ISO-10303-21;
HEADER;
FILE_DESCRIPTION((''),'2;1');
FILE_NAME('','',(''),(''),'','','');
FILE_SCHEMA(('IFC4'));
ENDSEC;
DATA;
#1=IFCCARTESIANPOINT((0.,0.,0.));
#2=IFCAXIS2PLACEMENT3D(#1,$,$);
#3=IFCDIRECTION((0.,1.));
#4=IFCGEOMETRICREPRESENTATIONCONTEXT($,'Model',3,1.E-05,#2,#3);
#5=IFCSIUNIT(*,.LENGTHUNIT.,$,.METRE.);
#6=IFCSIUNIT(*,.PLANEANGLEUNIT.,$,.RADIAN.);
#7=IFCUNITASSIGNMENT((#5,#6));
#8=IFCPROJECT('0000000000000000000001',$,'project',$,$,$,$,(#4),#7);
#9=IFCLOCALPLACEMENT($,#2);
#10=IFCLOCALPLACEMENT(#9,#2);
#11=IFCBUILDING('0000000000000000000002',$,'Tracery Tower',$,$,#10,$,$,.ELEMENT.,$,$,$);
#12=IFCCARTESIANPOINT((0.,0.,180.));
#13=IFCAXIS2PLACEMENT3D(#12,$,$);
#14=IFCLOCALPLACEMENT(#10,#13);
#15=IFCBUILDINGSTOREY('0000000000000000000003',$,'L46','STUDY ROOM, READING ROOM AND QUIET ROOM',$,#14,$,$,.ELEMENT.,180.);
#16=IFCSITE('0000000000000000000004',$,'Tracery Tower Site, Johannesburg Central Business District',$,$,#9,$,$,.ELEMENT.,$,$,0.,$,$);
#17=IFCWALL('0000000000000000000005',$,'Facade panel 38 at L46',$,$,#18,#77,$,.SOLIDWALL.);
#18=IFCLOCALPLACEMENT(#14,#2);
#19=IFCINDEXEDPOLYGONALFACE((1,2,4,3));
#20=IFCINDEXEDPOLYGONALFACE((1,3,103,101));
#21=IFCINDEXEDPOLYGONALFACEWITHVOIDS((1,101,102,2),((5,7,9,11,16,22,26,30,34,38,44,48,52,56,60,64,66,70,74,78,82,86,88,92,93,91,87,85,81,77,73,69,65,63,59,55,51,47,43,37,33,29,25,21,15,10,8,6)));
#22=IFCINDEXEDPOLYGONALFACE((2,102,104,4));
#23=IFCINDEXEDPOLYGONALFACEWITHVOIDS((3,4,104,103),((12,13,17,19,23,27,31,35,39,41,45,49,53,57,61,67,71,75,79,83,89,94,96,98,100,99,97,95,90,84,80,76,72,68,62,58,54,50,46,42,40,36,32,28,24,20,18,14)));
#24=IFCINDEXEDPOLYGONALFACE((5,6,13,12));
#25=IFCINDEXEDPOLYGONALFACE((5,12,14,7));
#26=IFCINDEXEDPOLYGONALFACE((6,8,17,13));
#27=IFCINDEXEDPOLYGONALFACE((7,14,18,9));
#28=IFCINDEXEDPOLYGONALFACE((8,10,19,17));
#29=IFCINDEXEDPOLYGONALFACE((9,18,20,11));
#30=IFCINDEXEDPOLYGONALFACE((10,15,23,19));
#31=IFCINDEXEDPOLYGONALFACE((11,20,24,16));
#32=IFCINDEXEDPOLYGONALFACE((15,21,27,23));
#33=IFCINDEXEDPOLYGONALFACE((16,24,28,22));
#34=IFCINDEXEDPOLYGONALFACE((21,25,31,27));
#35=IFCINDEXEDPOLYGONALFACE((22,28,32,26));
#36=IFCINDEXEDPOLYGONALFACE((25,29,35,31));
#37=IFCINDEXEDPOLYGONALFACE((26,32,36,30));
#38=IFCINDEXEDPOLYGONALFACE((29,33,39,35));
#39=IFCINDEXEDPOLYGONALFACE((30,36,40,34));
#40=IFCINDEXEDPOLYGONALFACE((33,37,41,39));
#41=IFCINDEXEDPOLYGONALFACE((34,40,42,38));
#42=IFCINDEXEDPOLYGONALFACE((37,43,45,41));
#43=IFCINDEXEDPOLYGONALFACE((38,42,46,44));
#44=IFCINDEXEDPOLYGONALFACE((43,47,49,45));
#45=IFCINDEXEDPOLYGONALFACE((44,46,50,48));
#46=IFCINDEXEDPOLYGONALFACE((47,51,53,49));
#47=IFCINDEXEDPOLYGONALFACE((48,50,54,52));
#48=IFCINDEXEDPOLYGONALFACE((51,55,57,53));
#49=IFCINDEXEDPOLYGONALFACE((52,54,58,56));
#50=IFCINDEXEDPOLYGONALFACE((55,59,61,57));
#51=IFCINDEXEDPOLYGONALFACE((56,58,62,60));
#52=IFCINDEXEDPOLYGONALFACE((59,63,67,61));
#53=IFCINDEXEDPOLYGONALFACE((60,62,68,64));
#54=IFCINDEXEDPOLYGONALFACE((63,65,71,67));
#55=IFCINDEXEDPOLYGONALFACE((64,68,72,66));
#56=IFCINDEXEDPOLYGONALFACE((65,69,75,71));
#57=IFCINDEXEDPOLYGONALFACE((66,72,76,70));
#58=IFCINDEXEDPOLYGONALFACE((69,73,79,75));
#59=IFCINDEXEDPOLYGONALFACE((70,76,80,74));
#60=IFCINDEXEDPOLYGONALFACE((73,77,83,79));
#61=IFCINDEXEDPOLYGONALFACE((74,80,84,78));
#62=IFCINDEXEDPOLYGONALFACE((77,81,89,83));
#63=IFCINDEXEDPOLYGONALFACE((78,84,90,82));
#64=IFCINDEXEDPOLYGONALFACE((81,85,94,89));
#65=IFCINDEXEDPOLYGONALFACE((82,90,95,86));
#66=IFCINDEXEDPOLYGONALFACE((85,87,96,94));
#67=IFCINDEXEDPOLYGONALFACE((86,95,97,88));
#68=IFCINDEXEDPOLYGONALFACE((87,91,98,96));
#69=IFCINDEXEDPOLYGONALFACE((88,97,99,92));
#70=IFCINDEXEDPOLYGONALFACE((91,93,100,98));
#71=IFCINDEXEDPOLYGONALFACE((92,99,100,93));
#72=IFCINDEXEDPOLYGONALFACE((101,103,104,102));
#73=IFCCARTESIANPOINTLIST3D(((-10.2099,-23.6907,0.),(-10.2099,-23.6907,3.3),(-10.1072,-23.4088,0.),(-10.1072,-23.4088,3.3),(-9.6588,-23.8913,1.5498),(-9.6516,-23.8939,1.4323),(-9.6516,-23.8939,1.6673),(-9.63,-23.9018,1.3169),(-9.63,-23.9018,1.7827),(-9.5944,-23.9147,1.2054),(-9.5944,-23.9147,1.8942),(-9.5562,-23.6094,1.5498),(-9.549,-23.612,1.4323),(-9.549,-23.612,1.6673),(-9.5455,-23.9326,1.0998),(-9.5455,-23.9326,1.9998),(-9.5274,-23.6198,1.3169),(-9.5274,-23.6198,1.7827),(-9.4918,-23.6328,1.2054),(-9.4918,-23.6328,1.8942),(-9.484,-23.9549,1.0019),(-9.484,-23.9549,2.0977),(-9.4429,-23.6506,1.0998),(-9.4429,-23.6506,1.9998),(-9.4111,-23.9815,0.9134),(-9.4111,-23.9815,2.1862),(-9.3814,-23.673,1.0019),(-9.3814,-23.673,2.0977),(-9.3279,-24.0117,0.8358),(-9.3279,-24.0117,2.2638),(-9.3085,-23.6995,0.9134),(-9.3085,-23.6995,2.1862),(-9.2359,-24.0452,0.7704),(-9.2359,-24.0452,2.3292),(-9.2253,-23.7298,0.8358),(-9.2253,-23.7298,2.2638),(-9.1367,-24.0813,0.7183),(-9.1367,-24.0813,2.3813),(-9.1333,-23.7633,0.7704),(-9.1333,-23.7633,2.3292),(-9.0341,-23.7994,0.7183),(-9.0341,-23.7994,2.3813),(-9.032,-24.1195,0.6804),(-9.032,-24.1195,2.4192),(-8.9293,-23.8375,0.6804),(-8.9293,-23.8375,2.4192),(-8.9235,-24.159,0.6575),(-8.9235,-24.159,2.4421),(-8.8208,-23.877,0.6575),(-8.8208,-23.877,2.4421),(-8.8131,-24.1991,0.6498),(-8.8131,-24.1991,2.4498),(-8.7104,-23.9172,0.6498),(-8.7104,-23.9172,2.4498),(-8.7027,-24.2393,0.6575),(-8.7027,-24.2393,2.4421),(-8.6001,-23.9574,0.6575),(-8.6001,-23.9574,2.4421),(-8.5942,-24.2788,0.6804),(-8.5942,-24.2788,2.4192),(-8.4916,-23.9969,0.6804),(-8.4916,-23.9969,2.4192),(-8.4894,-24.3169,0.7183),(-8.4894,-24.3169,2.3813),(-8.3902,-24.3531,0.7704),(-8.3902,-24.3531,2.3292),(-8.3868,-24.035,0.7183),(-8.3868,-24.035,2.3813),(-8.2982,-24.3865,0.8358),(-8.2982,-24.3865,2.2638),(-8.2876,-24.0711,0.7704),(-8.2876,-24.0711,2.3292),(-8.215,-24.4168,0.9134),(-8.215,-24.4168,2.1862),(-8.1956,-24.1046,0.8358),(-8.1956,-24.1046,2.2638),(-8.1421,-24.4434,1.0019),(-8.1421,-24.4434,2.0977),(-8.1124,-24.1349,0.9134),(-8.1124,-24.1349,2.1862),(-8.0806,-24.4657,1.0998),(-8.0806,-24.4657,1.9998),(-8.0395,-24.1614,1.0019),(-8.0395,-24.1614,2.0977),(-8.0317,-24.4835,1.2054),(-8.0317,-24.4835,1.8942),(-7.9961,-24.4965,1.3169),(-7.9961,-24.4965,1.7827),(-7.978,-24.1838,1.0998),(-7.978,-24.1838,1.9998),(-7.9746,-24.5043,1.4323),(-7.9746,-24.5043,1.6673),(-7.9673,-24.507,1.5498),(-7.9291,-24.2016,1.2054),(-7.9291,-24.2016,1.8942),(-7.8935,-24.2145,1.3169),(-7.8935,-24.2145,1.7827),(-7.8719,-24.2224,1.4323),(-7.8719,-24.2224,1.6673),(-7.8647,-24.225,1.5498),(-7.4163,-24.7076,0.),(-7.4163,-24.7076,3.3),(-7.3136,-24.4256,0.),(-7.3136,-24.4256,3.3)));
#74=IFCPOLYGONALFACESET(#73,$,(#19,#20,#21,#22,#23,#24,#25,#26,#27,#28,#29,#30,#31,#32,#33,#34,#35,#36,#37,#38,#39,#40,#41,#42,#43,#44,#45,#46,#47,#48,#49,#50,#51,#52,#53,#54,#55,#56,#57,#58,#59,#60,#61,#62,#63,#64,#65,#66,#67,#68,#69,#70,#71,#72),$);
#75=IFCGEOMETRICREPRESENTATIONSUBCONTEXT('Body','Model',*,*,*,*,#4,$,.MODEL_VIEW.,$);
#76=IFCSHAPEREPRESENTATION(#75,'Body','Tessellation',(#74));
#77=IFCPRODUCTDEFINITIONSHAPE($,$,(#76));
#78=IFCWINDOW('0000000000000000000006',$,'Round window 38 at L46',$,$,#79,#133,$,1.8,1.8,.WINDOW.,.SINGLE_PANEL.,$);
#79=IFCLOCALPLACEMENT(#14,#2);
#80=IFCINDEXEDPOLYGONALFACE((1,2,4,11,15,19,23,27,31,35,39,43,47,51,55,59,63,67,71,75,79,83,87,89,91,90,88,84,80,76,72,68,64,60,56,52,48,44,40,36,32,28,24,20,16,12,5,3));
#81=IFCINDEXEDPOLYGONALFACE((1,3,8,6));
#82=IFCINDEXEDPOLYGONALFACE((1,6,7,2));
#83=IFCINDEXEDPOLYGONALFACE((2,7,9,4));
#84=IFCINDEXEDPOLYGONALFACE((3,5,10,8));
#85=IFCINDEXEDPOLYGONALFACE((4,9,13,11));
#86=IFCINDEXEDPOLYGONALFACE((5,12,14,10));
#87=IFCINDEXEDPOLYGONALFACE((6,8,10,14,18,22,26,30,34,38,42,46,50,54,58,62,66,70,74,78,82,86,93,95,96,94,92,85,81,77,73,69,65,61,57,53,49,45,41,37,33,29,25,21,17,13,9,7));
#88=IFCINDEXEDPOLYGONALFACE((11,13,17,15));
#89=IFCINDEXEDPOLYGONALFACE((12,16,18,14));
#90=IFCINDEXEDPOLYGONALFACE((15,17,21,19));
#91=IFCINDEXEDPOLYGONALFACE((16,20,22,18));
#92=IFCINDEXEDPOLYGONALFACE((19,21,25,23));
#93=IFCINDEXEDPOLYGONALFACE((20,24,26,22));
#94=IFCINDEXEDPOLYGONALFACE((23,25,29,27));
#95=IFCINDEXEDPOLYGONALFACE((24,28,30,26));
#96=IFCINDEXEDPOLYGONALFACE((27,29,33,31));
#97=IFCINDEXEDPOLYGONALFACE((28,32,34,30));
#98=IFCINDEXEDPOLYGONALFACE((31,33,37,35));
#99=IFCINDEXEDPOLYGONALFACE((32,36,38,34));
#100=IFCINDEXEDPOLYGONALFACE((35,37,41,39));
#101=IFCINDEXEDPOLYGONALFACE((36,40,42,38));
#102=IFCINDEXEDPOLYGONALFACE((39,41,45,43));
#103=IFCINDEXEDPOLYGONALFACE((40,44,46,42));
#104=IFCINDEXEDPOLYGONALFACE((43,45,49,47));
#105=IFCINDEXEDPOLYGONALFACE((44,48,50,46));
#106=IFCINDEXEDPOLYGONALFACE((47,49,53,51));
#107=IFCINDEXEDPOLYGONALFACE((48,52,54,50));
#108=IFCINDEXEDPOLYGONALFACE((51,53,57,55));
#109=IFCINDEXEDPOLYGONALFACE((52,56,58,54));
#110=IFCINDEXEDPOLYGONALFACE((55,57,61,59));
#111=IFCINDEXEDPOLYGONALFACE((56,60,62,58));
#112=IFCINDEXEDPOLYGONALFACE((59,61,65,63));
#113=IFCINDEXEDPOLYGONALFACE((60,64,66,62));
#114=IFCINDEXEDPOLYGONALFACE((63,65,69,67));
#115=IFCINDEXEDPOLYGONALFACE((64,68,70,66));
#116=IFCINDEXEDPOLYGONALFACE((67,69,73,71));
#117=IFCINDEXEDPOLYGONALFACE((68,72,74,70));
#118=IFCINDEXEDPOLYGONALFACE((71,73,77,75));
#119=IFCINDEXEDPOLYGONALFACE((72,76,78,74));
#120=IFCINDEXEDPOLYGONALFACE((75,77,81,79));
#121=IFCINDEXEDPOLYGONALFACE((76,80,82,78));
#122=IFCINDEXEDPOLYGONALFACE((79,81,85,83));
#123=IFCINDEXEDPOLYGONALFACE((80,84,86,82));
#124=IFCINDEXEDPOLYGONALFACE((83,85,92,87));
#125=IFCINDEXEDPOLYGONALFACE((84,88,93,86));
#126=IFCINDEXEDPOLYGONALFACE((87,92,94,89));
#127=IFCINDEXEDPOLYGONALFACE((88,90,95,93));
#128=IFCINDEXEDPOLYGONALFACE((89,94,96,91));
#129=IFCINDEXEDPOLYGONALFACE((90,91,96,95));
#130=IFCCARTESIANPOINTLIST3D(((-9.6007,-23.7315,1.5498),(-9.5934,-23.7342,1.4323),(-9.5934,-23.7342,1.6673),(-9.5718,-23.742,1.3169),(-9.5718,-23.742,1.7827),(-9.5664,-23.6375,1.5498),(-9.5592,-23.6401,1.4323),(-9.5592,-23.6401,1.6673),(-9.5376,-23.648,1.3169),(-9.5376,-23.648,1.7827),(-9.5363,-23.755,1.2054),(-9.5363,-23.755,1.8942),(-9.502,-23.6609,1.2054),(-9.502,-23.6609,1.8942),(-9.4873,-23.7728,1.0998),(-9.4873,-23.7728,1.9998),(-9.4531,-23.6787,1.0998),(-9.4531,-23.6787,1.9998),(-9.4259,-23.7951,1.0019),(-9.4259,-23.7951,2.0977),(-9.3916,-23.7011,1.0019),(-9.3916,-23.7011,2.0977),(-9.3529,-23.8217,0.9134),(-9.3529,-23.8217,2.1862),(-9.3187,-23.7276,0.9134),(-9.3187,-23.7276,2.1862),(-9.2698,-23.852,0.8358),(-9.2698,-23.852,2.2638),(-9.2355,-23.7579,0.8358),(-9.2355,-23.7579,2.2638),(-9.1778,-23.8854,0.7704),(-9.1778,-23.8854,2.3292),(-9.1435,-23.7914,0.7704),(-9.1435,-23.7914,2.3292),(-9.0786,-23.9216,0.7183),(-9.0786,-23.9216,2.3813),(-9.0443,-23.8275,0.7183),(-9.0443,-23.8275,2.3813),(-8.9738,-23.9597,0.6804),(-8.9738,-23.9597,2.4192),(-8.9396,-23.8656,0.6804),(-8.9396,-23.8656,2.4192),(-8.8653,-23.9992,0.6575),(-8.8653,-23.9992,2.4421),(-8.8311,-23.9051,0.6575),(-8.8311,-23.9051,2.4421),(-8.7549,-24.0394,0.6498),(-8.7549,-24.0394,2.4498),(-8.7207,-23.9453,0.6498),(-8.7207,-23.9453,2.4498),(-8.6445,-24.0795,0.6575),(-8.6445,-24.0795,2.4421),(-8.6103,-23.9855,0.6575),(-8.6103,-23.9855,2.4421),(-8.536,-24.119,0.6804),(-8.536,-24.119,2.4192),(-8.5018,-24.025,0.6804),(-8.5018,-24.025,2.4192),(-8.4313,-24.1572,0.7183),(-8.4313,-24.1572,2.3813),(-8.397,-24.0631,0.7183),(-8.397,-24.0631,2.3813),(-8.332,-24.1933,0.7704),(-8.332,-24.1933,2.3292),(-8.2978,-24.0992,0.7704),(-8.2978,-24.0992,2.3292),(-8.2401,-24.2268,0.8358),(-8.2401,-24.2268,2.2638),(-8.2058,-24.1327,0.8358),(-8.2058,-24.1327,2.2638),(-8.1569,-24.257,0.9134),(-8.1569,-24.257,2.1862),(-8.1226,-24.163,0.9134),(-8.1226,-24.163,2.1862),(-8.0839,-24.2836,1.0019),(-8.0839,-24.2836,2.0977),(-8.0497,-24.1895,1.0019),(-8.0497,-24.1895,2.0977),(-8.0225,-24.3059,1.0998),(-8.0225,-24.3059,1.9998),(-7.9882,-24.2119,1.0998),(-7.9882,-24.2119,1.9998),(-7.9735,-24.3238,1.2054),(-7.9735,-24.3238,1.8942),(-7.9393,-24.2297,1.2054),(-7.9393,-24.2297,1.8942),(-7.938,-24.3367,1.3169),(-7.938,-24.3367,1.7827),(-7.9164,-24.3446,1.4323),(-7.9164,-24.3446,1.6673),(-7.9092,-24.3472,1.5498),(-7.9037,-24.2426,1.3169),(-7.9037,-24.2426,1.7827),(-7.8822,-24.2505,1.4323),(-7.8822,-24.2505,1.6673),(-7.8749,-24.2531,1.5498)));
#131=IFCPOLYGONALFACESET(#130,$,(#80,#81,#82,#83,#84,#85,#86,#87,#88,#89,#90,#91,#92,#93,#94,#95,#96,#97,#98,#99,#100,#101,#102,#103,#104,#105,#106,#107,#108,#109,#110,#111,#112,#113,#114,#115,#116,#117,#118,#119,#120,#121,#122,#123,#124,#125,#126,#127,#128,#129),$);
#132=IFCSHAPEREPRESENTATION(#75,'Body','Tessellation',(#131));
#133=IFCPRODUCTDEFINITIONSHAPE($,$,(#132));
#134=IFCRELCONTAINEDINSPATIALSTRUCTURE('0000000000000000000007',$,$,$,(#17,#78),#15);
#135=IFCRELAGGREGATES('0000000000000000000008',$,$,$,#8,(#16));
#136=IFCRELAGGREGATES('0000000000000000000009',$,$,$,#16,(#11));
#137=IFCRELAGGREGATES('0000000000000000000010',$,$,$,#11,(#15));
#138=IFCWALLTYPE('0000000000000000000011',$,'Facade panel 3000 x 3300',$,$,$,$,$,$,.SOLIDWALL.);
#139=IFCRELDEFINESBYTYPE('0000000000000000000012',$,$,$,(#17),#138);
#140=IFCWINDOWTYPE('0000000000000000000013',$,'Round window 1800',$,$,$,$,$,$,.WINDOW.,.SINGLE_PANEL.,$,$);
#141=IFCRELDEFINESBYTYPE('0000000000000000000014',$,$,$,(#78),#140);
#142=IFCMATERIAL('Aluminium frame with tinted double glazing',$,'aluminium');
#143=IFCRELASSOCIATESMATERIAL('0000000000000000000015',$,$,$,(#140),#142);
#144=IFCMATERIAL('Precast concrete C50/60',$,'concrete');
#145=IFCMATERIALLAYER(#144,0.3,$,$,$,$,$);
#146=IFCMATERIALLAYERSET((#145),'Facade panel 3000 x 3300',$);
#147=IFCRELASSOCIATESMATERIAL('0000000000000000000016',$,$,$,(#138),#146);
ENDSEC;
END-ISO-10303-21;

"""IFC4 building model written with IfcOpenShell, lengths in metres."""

from ifc_helpers import new_model, si_unit, direction, frame, frame_2d, origin, origin_2d, place, context, subcontext, project, spatial, rectangle, circle, extrude, material, layer, layer_set, type_object, element, fill, save


model = new_model("IFC4")

# Units and contexts
model_context = context("Model", 3, precision=1e-05, world=origin(), true_north=direction((0.0, 1.0)))
body_context = subcontext(model_context, "Body", "Model", "MODEL_VIEW")
ifc_project = project(units=[si_unit("LENGTHUNIT", "METRE"), si_unit("PLANEANGLEUNIT", "RADIAN")], contexts=[model_context])

# Site, building, storey
site_placement = place(None, origin())
site = spatial("IfcSite", under=ifc_project, at=site_placement, Name="Tracery Tower Site, Johannesburg Central Business District", CompositionType="ELEMENT", RefElevation=0.0)
building_placement = place(site_placement, origin())
building = spatial("IfcBuilding", under=site, at=building_placement, Name="Tracery Tower", CompositionType="ELEMENT")
storey_placement = place(building_placement, frame((0.0, 0.0, 180.0)))
storey = spatial("IfcBuildingStorey", under=building, at=storey_placement, Name="L46", Description="STUDY ROOM, READING ROOM AND QUIET ROOM", CompositionType="ELEMENT", Elevation=180.0)

# Wall, opening, window
ifc_material_1 = material(Name="Aluminium frame with tinted double glazing", Category="aluminium")
window_type = type_object("IfcWindowType", Name="Round window 1800", PartitioningType="SINGLE_PANEL", PredefinedType="WINDOW", material=ifc_material_1)
ifc_material_2 = material(Name="Precast concrete C50/60", Category="concrete")
ifc_layer_1 = layer(ifc_material_2, 0.3)
ifc_layer_set_1 = layer_set([ifc_layer_1], Name="Facade panel 3000 x 3300")
wall_type_1 = type_object("IfcWallType", Name="Facade panel 3000 x 3300", PredefinedType="SOLIDWALL", material=ifc_layer_set_1)
wall_1_placement = place(storey_placement, frame((-10.1584, -23.5498, 0.0), z_axis=(0.0, 0.0, 1.0), x_axis=(0.93969, -0.342027, 0.0)))
wall_1 = element("IfcWall", 1, at=wall_1_placement, inside=storey, type_object=wall_type_1, Name="Facade panel 38 at L46", PredefinedType="SOLIDWALL", context=body_context, shape_type="SweptSolid", body=[
    extrude(rectangle(XDim=2.9729, YDim=0.3, at=frame_2d((1.4863, 0.0))), origin(), (0.0, 0.0, 1.0), 3.3),
])
opening_1_placement = place(wall_1_placement, frame((1.4863, 0.0, 1.5498)))
opening_1 = element("IfcOpeningElement", 2, at=opening_1_placement, cuts=wall_1, PredefinedType="OPENING", context=body_context, shape_type="SweptSolid", body=[
    extrude(circle(Radius=0.9, at=origin_2d()), frame((0.0, 0.1599, 0.0), z_axis=(0.0, -1.0, 0.0), x_axis=(1.0, 0.0, 0.0)), (0.0, 0.0, 1.0), 0.3201),
])
window_1_placement = place(opening_1_placement, origin())
window_1 = element("IfcWindow", 3, at=window_1_placement, inside=storey, type_object=window_type, Name="Round window 38 at L46", OverallHeight=1.8, OverallWidth=1.8, PartitioningType="SINGLE_PANEL", PredefinedType="WINDOW", context=body_context, shape_type="SweptSolid", body=[
    extrude(circle(Radius=0.9, at=origin_2d()), frame((0.0, 0.1201, 0.0), z_axis=(0.0, -1.0, 0.0), x_axis=(1.0, 0.0, 0.0)), (0.0, 0.0, 1.0), 0.1001),
])
fill(opening_1, window_1)

save(model, "model.ifc")
